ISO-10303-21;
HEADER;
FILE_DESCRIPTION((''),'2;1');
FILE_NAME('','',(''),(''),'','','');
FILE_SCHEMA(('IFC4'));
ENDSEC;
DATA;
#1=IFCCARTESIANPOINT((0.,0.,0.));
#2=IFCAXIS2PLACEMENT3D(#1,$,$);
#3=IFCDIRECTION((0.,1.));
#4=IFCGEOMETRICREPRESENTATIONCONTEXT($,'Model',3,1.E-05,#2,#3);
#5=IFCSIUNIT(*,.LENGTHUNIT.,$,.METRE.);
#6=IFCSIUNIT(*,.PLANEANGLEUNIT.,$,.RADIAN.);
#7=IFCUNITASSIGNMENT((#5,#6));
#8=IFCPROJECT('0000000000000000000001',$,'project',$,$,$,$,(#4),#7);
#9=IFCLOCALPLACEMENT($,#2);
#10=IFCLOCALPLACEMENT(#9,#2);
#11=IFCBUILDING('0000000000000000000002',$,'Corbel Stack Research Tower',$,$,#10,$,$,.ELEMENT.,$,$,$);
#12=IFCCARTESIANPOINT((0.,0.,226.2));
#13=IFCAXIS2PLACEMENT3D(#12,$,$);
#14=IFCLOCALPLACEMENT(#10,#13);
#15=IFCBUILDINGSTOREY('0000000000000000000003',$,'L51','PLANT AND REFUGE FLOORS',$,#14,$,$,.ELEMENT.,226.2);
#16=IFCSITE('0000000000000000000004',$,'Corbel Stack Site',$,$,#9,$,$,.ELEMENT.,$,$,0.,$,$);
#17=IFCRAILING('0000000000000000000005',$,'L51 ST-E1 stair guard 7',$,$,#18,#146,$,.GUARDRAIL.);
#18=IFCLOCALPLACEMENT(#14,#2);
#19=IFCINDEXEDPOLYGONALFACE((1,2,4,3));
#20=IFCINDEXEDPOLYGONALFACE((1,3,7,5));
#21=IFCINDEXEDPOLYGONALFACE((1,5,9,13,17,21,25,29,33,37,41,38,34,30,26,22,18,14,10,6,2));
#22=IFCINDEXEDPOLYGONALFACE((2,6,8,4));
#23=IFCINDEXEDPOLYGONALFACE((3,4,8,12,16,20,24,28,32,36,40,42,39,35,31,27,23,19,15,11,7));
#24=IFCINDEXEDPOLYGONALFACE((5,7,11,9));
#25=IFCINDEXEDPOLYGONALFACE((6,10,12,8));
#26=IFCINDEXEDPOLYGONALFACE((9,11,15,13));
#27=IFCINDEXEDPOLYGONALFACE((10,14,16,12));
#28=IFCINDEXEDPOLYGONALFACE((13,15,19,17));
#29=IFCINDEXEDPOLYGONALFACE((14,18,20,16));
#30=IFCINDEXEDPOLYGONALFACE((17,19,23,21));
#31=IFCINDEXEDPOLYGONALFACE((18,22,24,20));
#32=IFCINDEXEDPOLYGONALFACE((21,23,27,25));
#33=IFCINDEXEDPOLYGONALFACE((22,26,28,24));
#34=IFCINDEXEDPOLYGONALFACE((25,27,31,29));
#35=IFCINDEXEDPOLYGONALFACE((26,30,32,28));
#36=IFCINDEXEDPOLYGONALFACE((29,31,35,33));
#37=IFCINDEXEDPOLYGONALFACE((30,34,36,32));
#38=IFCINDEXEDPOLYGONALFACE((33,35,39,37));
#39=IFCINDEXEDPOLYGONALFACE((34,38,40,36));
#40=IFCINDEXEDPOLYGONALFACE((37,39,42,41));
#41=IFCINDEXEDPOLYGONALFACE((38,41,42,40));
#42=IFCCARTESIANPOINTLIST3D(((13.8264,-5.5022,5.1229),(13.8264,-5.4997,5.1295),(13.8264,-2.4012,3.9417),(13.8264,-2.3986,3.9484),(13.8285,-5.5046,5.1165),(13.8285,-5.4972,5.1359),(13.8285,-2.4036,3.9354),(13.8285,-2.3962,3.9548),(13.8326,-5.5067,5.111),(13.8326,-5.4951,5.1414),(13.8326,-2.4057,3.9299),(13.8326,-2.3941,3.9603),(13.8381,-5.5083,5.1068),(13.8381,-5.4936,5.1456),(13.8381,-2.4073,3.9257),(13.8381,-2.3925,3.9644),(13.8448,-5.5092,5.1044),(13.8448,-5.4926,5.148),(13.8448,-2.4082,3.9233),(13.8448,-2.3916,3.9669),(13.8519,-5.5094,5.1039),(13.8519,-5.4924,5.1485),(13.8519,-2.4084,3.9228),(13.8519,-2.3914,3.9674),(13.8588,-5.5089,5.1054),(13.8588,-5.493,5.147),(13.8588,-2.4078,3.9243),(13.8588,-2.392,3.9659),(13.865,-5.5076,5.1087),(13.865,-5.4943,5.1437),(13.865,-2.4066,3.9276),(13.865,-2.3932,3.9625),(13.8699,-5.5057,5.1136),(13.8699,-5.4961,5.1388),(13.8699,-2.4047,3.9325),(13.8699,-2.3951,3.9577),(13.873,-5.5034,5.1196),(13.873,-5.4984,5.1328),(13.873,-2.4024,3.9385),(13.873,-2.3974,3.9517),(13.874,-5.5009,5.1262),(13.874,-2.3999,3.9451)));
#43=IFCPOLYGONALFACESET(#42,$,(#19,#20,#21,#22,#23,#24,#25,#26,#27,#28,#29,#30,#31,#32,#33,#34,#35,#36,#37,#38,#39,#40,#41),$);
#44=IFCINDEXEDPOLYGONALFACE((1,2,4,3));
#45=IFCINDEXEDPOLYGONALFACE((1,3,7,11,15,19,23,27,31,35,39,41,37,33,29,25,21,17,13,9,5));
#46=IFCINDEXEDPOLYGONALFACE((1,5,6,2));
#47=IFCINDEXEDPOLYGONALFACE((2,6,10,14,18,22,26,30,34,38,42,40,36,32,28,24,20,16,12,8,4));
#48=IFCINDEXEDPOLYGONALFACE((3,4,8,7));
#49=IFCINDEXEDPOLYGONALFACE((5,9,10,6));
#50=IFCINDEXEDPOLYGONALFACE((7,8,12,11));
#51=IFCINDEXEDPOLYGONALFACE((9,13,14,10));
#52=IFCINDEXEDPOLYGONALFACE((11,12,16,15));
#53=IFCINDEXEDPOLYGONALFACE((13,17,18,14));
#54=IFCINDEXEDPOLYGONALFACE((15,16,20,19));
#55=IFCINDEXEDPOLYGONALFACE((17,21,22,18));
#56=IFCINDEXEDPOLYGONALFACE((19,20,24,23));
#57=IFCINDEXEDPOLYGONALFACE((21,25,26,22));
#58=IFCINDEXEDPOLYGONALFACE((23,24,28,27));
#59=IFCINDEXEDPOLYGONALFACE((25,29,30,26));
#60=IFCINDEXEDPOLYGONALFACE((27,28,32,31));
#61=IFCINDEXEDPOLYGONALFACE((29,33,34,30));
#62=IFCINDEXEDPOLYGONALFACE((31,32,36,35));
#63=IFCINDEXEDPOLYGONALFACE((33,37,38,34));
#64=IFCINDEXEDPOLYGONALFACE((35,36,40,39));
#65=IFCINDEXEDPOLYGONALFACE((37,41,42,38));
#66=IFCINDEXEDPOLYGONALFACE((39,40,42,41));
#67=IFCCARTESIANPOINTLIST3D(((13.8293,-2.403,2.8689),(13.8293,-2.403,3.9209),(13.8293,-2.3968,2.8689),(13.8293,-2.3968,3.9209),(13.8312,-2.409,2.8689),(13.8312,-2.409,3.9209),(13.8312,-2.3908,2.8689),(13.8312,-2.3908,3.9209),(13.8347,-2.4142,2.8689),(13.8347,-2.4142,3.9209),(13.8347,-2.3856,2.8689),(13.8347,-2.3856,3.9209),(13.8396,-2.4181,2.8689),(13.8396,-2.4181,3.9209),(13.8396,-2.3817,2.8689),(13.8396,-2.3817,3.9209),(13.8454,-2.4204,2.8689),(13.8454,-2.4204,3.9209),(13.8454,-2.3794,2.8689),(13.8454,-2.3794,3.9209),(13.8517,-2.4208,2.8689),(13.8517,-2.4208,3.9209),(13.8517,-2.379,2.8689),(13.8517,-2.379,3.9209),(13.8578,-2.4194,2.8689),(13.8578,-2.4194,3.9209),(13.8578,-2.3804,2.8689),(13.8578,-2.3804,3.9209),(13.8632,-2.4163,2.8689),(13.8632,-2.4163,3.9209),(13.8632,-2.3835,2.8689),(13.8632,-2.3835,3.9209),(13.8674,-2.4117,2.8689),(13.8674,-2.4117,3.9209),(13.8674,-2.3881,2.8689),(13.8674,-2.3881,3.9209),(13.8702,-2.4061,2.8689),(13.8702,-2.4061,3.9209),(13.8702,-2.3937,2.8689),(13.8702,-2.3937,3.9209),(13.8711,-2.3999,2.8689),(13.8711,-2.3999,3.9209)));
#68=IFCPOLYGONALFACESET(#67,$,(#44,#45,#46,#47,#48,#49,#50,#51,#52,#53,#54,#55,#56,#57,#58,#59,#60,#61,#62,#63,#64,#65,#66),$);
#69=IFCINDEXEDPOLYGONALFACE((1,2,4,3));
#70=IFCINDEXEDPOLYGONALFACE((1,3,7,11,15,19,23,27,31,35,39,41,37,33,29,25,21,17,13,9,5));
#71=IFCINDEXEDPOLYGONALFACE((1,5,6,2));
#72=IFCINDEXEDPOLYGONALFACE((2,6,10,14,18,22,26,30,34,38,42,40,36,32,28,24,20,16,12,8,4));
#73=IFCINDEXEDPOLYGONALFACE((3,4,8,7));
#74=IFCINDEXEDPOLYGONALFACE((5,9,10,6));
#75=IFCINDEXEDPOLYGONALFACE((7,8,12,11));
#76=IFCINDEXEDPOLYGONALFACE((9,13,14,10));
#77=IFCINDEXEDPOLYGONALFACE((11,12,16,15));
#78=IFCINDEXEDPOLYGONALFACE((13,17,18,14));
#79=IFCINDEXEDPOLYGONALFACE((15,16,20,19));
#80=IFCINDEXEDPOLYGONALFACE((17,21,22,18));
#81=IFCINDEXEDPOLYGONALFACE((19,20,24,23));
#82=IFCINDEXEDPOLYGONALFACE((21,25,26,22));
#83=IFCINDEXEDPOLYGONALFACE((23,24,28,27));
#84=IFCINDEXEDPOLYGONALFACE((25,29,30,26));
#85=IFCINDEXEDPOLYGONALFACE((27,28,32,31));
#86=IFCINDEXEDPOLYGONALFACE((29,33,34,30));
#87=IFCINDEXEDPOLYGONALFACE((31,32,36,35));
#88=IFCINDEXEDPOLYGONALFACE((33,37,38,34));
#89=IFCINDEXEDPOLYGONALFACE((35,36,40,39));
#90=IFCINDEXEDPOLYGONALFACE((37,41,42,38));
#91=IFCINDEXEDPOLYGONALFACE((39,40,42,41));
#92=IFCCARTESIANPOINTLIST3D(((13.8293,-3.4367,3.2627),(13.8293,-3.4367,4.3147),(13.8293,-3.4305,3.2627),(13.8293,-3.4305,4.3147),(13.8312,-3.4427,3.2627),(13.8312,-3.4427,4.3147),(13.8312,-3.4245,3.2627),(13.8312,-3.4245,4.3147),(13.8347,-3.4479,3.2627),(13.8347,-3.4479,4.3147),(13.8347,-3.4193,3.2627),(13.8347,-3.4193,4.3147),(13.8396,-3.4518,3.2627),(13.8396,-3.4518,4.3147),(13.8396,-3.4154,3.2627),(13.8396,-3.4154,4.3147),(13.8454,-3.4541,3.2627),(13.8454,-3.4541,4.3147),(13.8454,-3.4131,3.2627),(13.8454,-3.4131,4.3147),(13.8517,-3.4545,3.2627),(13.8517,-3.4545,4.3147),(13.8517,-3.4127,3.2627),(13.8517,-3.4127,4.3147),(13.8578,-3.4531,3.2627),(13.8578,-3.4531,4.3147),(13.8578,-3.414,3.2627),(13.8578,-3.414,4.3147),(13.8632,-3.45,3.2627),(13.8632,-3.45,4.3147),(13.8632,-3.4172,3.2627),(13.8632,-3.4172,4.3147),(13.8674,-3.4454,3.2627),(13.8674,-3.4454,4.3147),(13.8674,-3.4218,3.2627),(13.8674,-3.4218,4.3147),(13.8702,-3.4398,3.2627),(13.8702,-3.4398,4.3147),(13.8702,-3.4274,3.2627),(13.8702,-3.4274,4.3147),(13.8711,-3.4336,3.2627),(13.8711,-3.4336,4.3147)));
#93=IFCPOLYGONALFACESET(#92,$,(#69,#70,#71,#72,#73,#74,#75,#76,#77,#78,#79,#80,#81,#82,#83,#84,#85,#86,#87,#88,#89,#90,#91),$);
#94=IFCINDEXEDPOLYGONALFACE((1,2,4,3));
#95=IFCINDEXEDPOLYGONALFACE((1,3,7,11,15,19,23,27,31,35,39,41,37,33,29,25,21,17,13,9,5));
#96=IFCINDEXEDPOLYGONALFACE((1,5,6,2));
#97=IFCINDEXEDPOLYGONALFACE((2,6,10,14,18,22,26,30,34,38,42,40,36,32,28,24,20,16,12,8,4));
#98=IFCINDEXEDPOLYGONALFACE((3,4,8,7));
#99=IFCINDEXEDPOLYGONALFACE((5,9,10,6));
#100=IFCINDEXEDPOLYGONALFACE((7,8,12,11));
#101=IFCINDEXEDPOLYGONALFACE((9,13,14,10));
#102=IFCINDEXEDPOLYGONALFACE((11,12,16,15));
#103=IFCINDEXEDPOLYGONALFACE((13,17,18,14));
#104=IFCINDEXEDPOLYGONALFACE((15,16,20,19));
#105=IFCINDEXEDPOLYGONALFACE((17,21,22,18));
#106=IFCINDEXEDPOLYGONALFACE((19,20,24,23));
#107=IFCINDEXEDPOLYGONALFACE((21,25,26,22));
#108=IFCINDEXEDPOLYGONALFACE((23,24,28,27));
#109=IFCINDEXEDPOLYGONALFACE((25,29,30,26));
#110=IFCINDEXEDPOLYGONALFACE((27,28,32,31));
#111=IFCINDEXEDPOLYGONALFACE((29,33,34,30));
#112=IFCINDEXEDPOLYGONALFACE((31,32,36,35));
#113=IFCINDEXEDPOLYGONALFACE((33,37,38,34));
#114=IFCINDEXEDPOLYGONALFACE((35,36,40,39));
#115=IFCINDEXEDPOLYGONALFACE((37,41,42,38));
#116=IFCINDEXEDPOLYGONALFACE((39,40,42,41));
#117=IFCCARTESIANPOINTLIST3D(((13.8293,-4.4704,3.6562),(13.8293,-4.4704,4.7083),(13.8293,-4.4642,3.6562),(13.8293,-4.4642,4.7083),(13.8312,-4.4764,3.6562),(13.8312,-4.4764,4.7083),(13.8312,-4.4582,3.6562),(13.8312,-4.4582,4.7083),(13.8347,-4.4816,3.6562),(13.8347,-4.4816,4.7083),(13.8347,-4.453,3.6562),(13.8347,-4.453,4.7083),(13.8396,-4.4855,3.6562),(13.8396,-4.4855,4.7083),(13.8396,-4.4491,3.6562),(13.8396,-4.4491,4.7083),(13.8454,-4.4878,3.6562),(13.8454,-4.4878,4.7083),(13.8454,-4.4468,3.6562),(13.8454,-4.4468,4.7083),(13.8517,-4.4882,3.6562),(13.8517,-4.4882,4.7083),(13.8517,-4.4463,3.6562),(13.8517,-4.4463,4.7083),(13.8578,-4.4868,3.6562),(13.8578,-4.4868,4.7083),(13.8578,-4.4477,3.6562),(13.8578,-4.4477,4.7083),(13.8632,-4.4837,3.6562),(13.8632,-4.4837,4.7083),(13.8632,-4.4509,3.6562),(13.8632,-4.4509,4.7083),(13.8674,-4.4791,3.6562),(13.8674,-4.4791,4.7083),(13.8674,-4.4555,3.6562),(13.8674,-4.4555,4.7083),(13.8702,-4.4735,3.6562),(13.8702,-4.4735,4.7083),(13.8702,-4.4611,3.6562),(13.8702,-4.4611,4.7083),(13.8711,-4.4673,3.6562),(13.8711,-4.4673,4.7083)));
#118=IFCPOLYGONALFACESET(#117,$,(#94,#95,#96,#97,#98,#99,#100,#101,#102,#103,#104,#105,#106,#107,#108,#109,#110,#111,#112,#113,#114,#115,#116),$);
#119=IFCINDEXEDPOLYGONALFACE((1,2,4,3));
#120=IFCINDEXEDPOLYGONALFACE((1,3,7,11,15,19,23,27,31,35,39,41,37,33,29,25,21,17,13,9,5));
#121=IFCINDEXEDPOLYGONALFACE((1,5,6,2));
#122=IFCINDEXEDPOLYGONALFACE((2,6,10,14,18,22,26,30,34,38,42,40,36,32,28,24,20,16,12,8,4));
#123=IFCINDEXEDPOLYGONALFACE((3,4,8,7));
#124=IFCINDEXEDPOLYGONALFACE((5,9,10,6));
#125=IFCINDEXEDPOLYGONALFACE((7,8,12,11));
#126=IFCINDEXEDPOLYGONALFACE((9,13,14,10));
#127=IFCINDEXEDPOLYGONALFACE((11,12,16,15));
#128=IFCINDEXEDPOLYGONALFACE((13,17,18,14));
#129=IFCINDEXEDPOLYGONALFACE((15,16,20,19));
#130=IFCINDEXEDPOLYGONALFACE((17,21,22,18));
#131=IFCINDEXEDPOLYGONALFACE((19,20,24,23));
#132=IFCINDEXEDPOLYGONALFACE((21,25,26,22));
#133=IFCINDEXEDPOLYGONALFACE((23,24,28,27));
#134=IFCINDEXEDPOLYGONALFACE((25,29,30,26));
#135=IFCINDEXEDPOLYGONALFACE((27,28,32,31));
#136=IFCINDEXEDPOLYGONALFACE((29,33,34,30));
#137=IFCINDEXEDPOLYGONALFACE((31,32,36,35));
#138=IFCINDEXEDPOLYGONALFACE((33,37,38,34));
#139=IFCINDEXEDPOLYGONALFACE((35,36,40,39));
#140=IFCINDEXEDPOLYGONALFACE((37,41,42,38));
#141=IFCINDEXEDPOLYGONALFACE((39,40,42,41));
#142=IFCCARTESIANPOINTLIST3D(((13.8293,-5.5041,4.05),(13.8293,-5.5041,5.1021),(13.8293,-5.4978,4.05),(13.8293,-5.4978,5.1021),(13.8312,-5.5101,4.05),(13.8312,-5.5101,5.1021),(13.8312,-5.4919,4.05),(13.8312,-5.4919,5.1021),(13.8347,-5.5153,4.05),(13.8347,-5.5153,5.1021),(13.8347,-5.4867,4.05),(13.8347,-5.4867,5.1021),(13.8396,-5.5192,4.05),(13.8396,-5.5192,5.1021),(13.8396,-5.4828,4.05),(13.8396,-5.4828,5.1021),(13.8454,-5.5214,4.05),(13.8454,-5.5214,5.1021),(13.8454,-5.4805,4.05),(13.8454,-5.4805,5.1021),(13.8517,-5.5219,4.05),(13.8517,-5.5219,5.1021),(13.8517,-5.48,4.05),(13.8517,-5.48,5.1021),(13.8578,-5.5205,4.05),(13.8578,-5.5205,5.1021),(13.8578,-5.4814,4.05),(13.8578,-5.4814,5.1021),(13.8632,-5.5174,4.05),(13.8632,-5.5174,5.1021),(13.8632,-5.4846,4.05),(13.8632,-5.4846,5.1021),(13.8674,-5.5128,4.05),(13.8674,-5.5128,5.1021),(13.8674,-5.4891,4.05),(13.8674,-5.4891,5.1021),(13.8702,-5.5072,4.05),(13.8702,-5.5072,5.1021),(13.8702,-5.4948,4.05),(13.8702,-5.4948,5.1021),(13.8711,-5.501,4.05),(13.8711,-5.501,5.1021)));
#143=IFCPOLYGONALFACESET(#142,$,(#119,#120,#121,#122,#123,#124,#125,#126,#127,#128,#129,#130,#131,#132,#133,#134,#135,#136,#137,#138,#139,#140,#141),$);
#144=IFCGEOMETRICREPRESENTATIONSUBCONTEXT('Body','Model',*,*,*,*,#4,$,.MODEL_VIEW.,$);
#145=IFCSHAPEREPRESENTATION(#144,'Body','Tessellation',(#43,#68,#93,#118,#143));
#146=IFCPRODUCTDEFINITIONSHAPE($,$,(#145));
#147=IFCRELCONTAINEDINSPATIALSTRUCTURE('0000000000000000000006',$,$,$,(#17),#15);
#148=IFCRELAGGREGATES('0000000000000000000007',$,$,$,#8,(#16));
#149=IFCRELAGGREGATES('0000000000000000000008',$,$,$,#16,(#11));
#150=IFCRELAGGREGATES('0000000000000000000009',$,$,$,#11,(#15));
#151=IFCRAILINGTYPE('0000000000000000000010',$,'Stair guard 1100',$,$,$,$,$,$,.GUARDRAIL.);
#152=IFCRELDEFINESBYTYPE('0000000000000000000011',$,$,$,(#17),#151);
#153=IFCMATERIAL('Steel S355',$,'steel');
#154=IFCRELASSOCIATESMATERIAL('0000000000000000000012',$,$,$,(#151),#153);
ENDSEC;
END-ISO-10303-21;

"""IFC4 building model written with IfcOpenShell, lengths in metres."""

from ifc_helpers import new_model, si_unit, direction, frame, origin, origin_2d, place, context, subcontext, project, spatial, circle, extrude, material, type_object, element, save


model = new_model("IFC4")

# Units and contexts
model_context = context("Model", 3, precision=1e-05, world=origin(), true_north=direction((0.0, 1.0)))
body_context = subcontext(model_context, "Body", "Model", "MODEL_VIEW")
ifc_project = project(units=[si_unit("LENGTHUNIT", "METRE"), si_unit("PLANEANGLEUNIT", "RADIAN")], contexts=[model_context])

# Site, building, storey
site_placement = place(None, origin())
site = spatial("IfcSite", under=ifc_project, at=site_placement, Name="Corbel Stack Site", CompositionType="ELEMENT", RefElevation=0.0)
building_placement = place(site_placement, origin())
building = spatial("IfcBuilding", under=site, at=building_placement, Name="Corbel Stack Research Tower", CompositionType="ELEMENT")
storey_placement = place(building_placement, frame((0.0, 0.0, 226.2)))
storey = spatial("IfcBuildingStorey", under=building, at=storey_placement, Name="L51", Description="PLANT AND REFUGE FLOORS", CompositionType="ELEMENT", Elevation=226.2)

# Railing
ifc_material_1 = material(Name="Steel S355", Category="steel")
railing_type_1 = type_object("IfcRailingType", Name="Stair guard 1100", PredefinedType="GUARDRAIL", material=ifc_material_1)
railing_1_placement = place(storey_placement, frame((13.8501, -2.3999, 2.8689)))
element("IfcRailing", 1, at=railing_1_placement, inside=storey, type_object=railing_type_1, Name="L51 ST-E1 stair guard 7", PredefinedType="GUARDRAIL", context=body_context, shape_type="SweptSolid", body=[
    extrude(circle(Radius=0.0239, at=origin_2d()), frame((0.0, 0.0, 1.0762), z_axis=(0.0, -0.934509, 0.35594), x_axis=(1.0, 0.0, 0.0)), (0.0, 0.0, 1.0), 3.3184),
    extrude(circle(Radius=0.021, at=origin_2d()), origin(), (0.0, 0.0, 1.0), 1.052),
    extrude(circle(Radius=0.021, at=origin_2d()), frame((0.0, -1.0337, 0.3938)), (0.0, 0.0, 1.0), 1.052),
    extrude(circle(Radius=0.021, at=origin_2d()), frame((0.0, -2.0674, 0.7874)), (0.0, 0.0, 1.0), 1.052),
    extrude(circle(Radius=0.021, at=origin_2d()), frame((0.0, -3.1011, 1.1812)), (0.0, 0.0, 1.0), 1.052),
])

save(model, "model.ifc")
